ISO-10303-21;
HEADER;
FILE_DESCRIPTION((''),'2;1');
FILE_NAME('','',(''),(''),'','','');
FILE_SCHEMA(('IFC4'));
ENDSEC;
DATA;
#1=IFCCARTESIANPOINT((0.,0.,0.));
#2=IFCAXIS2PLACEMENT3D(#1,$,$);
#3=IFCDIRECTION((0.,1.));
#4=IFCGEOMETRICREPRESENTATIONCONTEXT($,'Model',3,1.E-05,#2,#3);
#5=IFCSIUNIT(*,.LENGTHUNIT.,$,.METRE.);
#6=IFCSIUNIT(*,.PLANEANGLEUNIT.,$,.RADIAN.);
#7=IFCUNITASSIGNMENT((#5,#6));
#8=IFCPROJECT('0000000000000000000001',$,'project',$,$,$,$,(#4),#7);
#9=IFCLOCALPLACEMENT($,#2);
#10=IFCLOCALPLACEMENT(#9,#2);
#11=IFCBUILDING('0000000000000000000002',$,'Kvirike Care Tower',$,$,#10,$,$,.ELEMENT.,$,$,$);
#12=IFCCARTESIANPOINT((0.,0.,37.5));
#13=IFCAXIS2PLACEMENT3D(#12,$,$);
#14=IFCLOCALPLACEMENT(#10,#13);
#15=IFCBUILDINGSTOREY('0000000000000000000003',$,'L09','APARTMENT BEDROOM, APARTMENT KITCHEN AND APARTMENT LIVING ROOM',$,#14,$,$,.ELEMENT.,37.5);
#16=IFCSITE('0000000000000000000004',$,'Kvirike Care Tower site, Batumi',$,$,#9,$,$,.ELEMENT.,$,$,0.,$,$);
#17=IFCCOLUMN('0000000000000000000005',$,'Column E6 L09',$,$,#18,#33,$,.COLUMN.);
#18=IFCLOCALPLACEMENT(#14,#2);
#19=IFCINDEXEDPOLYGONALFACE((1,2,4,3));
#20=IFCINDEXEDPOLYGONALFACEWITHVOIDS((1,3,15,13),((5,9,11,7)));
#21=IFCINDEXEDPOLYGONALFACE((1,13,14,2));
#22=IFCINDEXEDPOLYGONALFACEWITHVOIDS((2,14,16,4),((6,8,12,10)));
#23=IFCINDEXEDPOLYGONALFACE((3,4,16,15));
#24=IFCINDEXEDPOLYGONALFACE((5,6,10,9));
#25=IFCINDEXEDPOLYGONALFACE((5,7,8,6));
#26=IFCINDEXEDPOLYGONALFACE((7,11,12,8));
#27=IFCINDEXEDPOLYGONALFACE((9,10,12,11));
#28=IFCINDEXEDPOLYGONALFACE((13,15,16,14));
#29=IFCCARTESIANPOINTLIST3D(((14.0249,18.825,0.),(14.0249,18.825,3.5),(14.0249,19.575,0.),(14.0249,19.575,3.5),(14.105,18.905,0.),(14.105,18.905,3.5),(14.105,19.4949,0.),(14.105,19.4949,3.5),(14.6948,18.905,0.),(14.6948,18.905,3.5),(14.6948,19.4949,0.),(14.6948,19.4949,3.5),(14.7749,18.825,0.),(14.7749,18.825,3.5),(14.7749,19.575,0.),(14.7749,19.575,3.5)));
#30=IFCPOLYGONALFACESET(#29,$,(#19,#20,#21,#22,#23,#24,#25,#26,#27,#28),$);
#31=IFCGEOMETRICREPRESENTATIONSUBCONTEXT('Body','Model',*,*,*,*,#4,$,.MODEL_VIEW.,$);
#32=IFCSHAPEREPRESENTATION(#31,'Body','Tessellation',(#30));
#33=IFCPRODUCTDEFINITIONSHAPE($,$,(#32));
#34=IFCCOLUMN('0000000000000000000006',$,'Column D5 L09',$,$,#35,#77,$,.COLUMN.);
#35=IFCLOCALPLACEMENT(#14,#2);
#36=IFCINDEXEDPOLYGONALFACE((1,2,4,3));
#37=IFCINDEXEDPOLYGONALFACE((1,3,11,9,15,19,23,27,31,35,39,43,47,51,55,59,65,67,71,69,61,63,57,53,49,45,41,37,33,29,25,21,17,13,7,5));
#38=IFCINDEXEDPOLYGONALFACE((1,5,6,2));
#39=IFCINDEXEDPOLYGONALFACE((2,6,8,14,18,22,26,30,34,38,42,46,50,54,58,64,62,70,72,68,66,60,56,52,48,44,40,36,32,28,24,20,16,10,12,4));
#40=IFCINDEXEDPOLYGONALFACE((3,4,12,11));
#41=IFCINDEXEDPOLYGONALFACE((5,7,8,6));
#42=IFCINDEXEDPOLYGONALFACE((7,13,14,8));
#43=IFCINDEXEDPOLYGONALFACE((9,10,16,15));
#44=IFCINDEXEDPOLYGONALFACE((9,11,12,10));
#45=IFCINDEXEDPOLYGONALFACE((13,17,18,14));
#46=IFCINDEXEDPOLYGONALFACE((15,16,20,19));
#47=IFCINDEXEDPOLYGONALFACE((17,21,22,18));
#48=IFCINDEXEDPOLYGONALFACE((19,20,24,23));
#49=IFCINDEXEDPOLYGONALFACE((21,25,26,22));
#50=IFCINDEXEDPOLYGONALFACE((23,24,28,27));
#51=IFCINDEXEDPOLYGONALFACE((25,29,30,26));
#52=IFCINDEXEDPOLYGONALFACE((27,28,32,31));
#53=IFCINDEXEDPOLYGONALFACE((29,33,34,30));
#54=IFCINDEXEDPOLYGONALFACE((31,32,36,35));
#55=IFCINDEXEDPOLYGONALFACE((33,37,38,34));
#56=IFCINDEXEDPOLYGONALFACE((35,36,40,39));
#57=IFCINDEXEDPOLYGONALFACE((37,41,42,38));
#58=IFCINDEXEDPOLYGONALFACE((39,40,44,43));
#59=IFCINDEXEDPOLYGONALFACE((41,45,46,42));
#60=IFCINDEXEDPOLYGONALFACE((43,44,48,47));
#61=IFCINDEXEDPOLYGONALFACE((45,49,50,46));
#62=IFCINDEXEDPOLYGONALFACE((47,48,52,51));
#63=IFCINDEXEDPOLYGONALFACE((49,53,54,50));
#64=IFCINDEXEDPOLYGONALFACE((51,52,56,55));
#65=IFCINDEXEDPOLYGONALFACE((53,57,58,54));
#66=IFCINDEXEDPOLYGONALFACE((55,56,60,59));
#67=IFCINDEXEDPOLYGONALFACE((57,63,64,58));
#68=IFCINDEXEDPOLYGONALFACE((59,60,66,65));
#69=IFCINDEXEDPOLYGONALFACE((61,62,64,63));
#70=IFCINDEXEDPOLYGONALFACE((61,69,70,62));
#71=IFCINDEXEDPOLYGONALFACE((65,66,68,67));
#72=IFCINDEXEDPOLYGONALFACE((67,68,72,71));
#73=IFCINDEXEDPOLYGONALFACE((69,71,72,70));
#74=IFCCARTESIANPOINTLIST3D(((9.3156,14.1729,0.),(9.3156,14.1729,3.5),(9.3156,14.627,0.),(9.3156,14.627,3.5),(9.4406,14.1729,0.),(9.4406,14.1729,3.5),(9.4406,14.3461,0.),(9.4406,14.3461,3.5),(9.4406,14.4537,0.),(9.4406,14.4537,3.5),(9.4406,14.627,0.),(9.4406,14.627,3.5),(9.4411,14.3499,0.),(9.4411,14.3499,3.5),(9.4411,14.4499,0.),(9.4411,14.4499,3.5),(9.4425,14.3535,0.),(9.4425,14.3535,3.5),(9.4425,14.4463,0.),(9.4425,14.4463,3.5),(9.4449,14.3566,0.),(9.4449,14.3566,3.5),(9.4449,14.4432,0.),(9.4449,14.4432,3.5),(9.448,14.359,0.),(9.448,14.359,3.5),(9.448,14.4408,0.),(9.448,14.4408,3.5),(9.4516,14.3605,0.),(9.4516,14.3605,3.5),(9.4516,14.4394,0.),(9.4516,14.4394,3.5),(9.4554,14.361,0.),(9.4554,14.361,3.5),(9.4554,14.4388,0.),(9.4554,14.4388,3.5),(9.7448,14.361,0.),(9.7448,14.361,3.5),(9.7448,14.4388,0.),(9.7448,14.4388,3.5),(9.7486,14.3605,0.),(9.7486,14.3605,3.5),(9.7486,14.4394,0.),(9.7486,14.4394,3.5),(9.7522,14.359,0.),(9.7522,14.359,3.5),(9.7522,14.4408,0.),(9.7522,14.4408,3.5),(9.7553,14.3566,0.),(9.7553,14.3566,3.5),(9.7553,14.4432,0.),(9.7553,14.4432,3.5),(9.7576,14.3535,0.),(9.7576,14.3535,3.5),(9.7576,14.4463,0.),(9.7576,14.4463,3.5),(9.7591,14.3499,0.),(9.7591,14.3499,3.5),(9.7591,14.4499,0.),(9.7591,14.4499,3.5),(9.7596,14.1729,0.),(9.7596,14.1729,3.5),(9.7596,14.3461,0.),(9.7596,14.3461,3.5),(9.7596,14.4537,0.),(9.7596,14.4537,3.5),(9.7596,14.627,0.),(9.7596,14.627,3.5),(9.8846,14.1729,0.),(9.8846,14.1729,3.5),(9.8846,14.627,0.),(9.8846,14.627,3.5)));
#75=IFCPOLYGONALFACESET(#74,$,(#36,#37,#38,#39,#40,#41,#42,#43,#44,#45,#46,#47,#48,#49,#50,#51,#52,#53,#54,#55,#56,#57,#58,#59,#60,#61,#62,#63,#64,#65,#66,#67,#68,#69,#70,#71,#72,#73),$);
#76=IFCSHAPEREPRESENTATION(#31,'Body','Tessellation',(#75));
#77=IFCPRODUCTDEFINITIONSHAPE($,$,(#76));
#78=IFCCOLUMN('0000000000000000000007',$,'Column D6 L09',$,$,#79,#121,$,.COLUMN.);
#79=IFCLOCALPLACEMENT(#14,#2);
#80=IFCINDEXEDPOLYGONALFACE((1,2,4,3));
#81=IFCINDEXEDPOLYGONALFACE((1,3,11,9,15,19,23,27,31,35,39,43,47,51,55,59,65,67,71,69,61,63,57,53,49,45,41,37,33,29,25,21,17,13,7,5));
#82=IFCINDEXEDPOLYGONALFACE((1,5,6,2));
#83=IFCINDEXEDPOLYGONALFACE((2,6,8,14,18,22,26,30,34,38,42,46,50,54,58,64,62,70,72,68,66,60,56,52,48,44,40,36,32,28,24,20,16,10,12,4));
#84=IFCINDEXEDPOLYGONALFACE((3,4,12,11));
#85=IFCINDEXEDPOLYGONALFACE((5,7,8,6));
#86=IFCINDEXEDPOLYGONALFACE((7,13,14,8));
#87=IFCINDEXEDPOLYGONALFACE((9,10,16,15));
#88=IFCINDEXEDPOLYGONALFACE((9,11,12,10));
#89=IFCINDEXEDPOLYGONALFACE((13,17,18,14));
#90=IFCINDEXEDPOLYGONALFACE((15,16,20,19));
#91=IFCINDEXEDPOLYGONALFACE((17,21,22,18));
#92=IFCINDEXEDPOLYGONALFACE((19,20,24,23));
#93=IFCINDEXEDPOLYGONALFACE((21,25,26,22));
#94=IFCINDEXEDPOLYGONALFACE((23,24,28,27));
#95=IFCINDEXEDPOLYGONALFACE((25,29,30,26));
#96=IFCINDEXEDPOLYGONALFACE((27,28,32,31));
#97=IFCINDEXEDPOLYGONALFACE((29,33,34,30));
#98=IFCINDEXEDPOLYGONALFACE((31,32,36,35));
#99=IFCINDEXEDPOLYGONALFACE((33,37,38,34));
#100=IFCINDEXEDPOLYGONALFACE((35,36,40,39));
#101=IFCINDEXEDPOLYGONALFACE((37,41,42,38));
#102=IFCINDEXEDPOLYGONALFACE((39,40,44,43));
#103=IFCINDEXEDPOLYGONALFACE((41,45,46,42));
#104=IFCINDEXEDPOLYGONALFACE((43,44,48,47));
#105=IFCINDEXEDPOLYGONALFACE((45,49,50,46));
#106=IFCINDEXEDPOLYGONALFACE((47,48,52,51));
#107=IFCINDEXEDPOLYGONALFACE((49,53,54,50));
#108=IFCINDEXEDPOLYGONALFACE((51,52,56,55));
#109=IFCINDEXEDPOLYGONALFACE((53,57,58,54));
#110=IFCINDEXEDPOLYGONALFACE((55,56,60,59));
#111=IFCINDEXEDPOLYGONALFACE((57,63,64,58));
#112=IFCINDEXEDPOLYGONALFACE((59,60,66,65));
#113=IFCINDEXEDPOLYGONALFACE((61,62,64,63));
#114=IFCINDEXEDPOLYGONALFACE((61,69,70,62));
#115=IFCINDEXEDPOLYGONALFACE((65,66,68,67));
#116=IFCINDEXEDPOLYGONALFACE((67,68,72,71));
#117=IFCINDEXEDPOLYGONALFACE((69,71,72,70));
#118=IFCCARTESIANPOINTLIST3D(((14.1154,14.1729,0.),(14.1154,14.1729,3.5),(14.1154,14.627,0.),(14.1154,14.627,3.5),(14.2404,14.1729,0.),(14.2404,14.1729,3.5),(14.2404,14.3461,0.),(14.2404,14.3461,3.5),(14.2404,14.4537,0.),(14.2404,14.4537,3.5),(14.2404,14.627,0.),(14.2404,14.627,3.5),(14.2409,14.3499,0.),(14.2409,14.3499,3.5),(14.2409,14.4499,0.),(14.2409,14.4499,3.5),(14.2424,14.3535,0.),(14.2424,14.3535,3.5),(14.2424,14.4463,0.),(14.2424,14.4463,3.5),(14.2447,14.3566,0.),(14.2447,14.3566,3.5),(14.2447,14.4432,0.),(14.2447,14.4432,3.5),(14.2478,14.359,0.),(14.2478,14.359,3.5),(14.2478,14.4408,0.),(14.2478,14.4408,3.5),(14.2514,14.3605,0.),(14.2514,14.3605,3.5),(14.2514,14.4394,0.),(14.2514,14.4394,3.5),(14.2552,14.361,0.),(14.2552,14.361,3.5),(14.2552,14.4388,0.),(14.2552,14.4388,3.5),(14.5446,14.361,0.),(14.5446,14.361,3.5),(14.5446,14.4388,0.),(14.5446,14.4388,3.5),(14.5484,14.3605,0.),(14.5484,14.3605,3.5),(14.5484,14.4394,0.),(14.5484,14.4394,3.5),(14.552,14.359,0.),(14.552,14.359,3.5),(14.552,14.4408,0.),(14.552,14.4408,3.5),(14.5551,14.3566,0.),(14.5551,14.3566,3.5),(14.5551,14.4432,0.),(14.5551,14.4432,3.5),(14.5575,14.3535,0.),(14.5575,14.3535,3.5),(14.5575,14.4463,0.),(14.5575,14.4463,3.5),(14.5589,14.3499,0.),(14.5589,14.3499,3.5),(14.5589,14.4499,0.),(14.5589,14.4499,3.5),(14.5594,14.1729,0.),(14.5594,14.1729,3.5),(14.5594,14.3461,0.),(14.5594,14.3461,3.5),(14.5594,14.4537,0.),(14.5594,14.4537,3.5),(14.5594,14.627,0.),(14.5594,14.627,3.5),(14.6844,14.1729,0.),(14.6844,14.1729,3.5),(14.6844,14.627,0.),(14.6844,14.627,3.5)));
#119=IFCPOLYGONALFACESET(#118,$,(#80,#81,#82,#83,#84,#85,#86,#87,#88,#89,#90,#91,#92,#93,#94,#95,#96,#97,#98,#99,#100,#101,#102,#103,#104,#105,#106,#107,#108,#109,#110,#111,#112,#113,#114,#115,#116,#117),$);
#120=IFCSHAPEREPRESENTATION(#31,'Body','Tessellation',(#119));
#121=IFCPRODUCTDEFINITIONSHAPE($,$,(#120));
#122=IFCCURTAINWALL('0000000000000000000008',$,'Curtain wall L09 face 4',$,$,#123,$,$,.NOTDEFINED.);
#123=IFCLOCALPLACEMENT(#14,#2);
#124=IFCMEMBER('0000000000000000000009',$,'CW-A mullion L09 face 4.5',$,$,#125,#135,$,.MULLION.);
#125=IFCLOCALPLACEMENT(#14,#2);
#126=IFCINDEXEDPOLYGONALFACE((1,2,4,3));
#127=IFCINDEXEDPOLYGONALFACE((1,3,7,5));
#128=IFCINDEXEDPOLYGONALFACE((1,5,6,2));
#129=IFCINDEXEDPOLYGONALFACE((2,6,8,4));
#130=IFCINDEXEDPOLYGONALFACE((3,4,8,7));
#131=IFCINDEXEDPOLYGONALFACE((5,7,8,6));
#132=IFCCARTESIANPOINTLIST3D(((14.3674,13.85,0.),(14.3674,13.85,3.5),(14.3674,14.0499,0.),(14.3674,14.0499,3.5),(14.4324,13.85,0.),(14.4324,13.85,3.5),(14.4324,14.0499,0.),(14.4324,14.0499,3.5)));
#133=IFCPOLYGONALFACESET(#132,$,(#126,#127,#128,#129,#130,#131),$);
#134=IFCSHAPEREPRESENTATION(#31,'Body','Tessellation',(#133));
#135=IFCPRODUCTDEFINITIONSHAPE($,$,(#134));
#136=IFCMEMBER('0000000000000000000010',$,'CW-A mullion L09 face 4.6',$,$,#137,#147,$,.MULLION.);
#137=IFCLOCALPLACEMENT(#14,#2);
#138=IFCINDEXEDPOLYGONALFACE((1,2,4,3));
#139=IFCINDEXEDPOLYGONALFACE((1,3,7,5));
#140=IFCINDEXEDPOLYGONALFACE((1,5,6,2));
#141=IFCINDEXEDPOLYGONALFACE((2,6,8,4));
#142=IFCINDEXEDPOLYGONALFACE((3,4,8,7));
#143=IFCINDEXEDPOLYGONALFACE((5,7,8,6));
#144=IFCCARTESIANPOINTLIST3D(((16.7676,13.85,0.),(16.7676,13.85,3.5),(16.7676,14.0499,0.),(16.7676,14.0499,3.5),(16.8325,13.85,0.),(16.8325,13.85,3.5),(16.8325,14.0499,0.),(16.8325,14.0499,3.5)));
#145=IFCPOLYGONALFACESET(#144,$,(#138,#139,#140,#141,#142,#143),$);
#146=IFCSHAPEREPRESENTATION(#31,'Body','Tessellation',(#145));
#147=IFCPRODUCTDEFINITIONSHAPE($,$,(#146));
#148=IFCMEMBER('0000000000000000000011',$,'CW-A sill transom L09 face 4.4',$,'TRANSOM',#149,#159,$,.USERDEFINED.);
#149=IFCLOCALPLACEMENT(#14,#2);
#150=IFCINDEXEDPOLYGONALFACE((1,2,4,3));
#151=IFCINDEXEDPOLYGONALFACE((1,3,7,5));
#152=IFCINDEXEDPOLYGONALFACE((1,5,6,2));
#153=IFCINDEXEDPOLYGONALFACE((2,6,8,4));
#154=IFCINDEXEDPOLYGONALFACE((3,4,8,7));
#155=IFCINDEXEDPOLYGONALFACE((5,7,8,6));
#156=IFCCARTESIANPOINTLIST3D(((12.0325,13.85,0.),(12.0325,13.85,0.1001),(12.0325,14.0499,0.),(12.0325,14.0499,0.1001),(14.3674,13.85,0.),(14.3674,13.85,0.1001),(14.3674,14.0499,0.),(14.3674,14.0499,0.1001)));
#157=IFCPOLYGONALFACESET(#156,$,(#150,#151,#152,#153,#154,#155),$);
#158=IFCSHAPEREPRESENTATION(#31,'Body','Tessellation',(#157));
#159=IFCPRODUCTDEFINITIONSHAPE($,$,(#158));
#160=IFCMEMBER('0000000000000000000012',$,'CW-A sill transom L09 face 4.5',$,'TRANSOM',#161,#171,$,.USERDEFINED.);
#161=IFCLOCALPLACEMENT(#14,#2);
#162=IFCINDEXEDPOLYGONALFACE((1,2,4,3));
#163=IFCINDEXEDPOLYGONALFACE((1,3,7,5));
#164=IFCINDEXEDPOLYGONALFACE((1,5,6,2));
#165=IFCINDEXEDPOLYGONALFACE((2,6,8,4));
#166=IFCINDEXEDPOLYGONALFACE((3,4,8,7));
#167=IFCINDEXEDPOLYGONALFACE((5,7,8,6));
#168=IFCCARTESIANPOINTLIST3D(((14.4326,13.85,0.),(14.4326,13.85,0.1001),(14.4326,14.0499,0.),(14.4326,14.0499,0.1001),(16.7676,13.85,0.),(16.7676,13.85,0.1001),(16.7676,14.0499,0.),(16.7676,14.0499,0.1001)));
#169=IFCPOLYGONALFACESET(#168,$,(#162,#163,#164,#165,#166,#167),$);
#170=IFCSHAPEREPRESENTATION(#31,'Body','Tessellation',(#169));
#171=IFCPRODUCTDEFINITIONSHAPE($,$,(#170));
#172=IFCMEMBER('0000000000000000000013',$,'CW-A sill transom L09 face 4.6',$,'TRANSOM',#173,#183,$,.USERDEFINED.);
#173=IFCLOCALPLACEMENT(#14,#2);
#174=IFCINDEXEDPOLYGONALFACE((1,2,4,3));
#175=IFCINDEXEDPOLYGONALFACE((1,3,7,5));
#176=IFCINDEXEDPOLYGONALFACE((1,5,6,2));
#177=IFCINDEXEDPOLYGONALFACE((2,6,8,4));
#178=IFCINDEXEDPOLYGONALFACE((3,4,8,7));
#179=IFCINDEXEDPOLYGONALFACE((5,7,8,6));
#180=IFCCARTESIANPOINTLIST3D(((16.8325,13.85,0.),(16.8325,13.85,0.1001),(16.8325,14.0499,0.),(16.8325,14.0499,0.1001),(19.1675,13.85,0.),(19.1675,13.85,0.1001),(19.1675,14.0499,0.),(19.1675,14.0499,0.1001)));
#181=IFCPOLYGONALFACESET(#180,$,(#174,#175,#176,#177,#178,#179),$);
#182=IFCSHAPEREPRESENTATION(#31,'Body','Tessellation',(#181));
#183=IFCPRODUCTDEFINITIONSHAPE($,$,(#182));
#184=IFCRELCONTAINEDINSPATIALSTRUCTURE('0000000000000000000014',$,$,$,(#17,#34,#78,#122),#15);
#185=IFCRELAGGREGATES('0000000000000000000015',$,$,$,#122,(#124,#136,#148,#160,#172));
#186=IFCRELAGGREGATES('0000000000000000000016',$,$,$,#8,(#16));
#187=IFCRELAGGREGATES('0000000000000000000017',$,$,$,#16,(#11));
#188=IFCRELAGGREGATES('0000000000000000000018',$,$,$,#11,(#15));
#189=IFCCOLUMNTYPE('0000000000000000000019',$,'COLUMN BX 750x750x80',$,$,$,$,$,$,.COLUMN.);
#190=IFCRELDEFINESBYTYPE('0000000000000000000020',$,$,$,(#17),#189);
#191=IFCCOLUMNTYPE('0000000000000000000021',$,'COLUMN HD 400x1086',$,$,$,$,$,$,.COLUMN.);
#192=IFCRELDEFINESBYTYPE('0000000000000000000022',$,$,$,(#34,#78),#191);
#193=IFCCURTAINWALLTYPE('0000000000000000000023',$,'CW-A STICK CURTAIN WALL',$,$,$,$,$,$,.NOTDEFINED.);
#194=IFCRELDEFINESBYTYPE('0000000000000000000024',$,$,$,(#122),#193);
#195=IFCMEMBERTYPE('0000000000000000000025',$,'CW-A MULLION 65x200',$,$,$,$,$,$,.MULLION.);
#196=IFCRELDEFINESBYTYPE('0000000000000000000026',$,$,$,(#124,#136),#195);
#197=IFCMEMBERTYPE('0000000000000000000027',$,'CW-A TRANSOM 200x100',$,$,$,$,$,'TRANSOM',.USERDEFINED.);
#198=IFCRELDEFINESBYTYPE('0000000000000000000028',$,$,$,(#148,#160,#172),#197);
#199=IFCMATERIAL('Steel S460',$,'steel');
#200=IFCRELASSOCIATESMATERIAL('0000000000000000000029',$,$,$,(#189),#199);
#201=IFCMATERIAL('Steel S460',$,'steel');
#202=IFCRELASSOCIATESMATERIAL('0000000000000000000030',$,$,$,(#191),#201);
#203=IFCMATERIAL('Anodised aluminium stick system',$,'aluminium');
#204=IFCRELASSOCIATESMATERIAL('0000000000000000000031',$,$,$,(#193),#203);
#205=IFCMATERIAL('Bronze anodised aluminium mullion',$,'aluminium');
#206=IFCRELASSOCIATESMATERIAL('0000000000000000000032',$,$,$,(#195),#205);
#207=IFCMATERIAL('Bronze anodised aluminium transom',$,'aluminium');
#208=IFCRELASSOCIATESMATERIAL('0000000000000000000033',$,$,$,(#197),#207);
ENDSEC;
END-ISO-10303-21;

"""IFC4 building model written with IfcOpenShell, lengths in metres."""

from ifc_helpers import new_model, si_unit, direction, frame, origin, origin_2d, place, context, subcontext, project, spatial, rectangle, hollow_rectangle, i_section, extrude, material, material_profile, profile_set, type_object, element, aggregate, save


model = new_model("IFC4")

# Units and contexts
model_context = context("Model", 3, precision=1e-05, world=origin(), true_north=direction((0.0, 1.0)))
body_context = subcontext(model_context, "Body", "Model", "MODEL_VIEW")
ifc_project = project(units=[si_unit("LENGTHUNIT", "METRE"), si_unit("PLANEANGLEUNIT", "RADIAN")], contexts=[model_context])

# Site, building, storey
site_placement = place(None, origin())
site = spatial("IfcSite", under=ifc_project, at=site_placement, Name="Kvirike Care Tower site, Batumi", CompositionType="ELEMENT", RefElevation=0.0)
building_placement = place(site_placement, origin())
building = spatial("IfcBuilding", under=site, at=building_placement, Name="Kvirike Care Tower", CompositionType="ELEMENT")
storey_placement = place(building_placement, frame((0.0, 0.0, 37.5)))
storey = spatial("IfcBuildingStorey", under=building, at=storey_placement, Name="L09", Description="APARTMENT BEDROOM, APARTMENT KITCHEN AND APARTMENT LIVING ROOM", CompositionType="ELEMENT", Elevation=37.5)

# Columns
ifc_material_1 = material(Name="Steel S460", Category="steel")
ifc_material_profile_1 = material_profile(ifc_material_1, hollow_rectangle(XDim=0.75, YDim=0.75, WallThickness=0.0801, at=origin_2d()), Name="BX 750x750x80")
ifc_profile_set_1 = profile_set([ifc_material_profile_1], Name="Steel S460")
column_type_1 = type_object("IfcColumnType", Name="COLUMN BX 750x750x80", PredefinedType="COLUMN", material=ifc_profile_set_1)
column_placement = place(storey_placement, frame((14.3999, 19.2, 0.0), z_axis=(0.0, 0.0, 1.0), x_axis=(1.0, 0.0, 0.0)))
element("IfcColumn", 1, at=column_placement, inside=storey, type_object=column_type_1, Name="Column E6 L09", PredefinedType="COLUMN", context=body_context, shape_type="SweptSolid", body=[
    extrude(hollow_rectangle(XDim=0.75, YDim=0.75, WallThickness=0.0801, at=origin_2d()), origin(), (0.0, 0.0, 1.0), 3.5),
])
ifc_material_2 = material(Name="Steel S460", Category="steel")
ifc_material_profile_2 = material_profile(ifc_material_2, i_section(OverallWidth=0.4541, OverallDepth=0.5691, WebThickness=0.0779, FlangeThickness=0.125, FilletRadius=0.0149, at=origin_2d()), Name="HD 400x1086")
ifc_profile_set_2 = profile_set([ifc_material_profile_2], Name="Steel S460")
column_type_2 = type_object("IfcColumnType", Name="COLUMN HD 400x1086", PredefinedType="COLUMN", material=ifc_profile_set_2)
for number, where, z_axis, x_axis, name in (
    (2, (9.6001, 14.3999, 0.0), (0.0, 0.0, 1.0), (0.0, 1.0, 0.0), "Column D5 L09"),
    (3, (14.3999, 14.3999, 0.0), (0.0, 0.0, 1.0), (0.0, 1.0, 0.0), "Column D6 L09"),
):
    element("IfcColumn", number, at=place(storey_placement, frame(where, z_axis=z_axis, x_axis=x_axis)), inside=storey, type_object=column_type_2, Name=name, PredefinedType="COLUMN", context=body_context, shape_type="SweptSolid", body=[
        extrude(i_section(OverallWidth=0.4541, OverallDepth=0.5691, WebThickness=0.0779, FlangeThickness=0.125, FilletRadius=0.0149, at=origin_2d()), origin(), (0.0, 0.0, 1.0), 3.5),
    ])

# Curtain wall, members
ifc_material_3 = material(Name="Anodised aluminium stick system", Category="aluminium")
curtain_wall_type = type_object("IfcCurtainWallType", Name="CW-A STICK CURTAIN WALL", PredefinedType="NOTDEFINED", material=ifc_material_3)
curtain_wall_placement = place(storey_placement, origin())
curtain_wall = element("IfcCurtainWall", 4, at=curtain_wall_placement, inside=storey, type_object=curtain_wall_type, Name="Curtain wall L09 face 4", PredefinedType="NOTDEFINED")
ifc_material_4 = material(Name="Bronze anodised aluminium mullion", Category="aluminium")
ifc_material_profile_3 = material_profile(ifc_material_4, rectangle(XDim=0.0649, YDim=0.2, at=origin_2d()), Name="CW-A MULLION 65x200")
ifc_profile_set_3 = profile_set([ifc_material_profile_3], Name="Bronze anodised aluminium mullion")
member_type_1 = type_object("IfcMemberType", Name="CW-A MULLION 65x200", PredefinedType="MULLION", material=ifc_profile_set_3)
member_1_placement = place(storey_placement, frame((14.3999, 13.95, 0.0), z_axis=(0.0, 0.0, 1.0), x_axis=(1.0, 0.0, 0.0)))
member_1 = element("IfcMember", 5, at=member_1_placement, type_object=member_type_1, Name="CW-A mullion L09 face 4.5", PredefinedType="MULLION", context=body_context, shape_type="SweptSolid", body=[
    extrude(rectangle(XDim=0.0649, YDim=0.2, at=origin_2d()), origin(), (0.0, 0.0, 1.0), 3.5),
])
member_2_placement = place(storey_placement, frame((16.8, 13.95, 0.0), z_axis=(0.0, 0.0, 1.0), x_axis=(1.0, 0.0, 0.0)))
member_2 = element("IfcMember", 6, at=member_2_placement, type_object=member_type_1, Name="CW-A mullion L09 face 4.6", PredefinedType="MULLION", context=body_context, shape_type="SweptSolid", body=[
    extrude(rectangle(XDim=0.0649, YDim=0.2, at=origin_2d()), origin(), (0.0, 0.0, 1.0), 3.5),
])
ifc_material_5 = material(Name="Bronze anodised aluminium transom", Category="aluminium")
ifc_material_profile_4 = material_profile(ifc_material_5, rectangle(XDim=0.2, YDim=0.1001, at=origin_2d()), Name="CW-A TRANSOM 200x100")
ifc_profile_set_4 = profile_set([ifc_material_profile_4], Name="Bronze anodised aluminium transom")
member_type_2 = type_object("IfcMemberType", Name="CW-A TRANSOM 200x100", ElementType="TRANSOM", PredefinedType="USERDEFINED", material=ifc_profile_set_4)
member_3_placement = place(storey_placement, frame((12.0325, 13.95, 0.05), z_axis=(1.0, 0.0, 0.0), x_axis=(0.0, 1.0, 0.0)))
member_3 = element("IfcMember", 7, at=member_3_placement, type_object=member_type_2, Name="CW-A sill transom L09 face 4.4", ObjectType="TRANSOM", PredefinedType="USERDEFINED", context=body_context, shape_type="SweptSolid", body=[
    extrude(rectangle(XDim=0.2, YDim=0.1001, at=origin_2d()), origin(), (0.0, 0.0, 1.0), 2.335),
])
member_4_placement = place(storey_placement, frame((14.4326, 13.95, 0.05), z_axis=(1.0, 0.0, 0.0), x_axis=(0.0, 1.0, 0.0)))
member_4 = element("IfcMember", 8, at=member_4_placement, type_object=member_type_2, Name="CW-A sill transom L09 face 4.5", ObjectType="TRANSOM", PredefinedType="USERDEFINED", context=body_context, shape_type="SweptSolid", body=[
    extrude(rectangle(XDim=0.2, YDim=0.1001, at=origin_2d()), origin(), (0.0, 0.0, 1.0), 2.335),
])
member_5_placement = place(storey_placement, frame((16.8325, 13.95, 0.05), z_axis=(1.0, 0.0, 0.0), x_axis=(0.0, 1.0, 0.0)))
member_5 = element("IfcMember", 9, at=member_5_placement, type_object=member_type_2, Name="CW-A sill transom L09 face 4.6", ObjectType="TRANSOM", PredefinedType="USERDEFINED", context=body_context, shape_type="SweptSolid", body=[
    extrude(rectangle(XDim=0.2, YDim=0.1001, at=origin_2d()), origin(), (0.0, 0.0, 1.0), 2.335),
])

aggregate(curtain_wall, [member_1, member_2, member_3, member_4, member_5])

save(model, "model.ifc")
